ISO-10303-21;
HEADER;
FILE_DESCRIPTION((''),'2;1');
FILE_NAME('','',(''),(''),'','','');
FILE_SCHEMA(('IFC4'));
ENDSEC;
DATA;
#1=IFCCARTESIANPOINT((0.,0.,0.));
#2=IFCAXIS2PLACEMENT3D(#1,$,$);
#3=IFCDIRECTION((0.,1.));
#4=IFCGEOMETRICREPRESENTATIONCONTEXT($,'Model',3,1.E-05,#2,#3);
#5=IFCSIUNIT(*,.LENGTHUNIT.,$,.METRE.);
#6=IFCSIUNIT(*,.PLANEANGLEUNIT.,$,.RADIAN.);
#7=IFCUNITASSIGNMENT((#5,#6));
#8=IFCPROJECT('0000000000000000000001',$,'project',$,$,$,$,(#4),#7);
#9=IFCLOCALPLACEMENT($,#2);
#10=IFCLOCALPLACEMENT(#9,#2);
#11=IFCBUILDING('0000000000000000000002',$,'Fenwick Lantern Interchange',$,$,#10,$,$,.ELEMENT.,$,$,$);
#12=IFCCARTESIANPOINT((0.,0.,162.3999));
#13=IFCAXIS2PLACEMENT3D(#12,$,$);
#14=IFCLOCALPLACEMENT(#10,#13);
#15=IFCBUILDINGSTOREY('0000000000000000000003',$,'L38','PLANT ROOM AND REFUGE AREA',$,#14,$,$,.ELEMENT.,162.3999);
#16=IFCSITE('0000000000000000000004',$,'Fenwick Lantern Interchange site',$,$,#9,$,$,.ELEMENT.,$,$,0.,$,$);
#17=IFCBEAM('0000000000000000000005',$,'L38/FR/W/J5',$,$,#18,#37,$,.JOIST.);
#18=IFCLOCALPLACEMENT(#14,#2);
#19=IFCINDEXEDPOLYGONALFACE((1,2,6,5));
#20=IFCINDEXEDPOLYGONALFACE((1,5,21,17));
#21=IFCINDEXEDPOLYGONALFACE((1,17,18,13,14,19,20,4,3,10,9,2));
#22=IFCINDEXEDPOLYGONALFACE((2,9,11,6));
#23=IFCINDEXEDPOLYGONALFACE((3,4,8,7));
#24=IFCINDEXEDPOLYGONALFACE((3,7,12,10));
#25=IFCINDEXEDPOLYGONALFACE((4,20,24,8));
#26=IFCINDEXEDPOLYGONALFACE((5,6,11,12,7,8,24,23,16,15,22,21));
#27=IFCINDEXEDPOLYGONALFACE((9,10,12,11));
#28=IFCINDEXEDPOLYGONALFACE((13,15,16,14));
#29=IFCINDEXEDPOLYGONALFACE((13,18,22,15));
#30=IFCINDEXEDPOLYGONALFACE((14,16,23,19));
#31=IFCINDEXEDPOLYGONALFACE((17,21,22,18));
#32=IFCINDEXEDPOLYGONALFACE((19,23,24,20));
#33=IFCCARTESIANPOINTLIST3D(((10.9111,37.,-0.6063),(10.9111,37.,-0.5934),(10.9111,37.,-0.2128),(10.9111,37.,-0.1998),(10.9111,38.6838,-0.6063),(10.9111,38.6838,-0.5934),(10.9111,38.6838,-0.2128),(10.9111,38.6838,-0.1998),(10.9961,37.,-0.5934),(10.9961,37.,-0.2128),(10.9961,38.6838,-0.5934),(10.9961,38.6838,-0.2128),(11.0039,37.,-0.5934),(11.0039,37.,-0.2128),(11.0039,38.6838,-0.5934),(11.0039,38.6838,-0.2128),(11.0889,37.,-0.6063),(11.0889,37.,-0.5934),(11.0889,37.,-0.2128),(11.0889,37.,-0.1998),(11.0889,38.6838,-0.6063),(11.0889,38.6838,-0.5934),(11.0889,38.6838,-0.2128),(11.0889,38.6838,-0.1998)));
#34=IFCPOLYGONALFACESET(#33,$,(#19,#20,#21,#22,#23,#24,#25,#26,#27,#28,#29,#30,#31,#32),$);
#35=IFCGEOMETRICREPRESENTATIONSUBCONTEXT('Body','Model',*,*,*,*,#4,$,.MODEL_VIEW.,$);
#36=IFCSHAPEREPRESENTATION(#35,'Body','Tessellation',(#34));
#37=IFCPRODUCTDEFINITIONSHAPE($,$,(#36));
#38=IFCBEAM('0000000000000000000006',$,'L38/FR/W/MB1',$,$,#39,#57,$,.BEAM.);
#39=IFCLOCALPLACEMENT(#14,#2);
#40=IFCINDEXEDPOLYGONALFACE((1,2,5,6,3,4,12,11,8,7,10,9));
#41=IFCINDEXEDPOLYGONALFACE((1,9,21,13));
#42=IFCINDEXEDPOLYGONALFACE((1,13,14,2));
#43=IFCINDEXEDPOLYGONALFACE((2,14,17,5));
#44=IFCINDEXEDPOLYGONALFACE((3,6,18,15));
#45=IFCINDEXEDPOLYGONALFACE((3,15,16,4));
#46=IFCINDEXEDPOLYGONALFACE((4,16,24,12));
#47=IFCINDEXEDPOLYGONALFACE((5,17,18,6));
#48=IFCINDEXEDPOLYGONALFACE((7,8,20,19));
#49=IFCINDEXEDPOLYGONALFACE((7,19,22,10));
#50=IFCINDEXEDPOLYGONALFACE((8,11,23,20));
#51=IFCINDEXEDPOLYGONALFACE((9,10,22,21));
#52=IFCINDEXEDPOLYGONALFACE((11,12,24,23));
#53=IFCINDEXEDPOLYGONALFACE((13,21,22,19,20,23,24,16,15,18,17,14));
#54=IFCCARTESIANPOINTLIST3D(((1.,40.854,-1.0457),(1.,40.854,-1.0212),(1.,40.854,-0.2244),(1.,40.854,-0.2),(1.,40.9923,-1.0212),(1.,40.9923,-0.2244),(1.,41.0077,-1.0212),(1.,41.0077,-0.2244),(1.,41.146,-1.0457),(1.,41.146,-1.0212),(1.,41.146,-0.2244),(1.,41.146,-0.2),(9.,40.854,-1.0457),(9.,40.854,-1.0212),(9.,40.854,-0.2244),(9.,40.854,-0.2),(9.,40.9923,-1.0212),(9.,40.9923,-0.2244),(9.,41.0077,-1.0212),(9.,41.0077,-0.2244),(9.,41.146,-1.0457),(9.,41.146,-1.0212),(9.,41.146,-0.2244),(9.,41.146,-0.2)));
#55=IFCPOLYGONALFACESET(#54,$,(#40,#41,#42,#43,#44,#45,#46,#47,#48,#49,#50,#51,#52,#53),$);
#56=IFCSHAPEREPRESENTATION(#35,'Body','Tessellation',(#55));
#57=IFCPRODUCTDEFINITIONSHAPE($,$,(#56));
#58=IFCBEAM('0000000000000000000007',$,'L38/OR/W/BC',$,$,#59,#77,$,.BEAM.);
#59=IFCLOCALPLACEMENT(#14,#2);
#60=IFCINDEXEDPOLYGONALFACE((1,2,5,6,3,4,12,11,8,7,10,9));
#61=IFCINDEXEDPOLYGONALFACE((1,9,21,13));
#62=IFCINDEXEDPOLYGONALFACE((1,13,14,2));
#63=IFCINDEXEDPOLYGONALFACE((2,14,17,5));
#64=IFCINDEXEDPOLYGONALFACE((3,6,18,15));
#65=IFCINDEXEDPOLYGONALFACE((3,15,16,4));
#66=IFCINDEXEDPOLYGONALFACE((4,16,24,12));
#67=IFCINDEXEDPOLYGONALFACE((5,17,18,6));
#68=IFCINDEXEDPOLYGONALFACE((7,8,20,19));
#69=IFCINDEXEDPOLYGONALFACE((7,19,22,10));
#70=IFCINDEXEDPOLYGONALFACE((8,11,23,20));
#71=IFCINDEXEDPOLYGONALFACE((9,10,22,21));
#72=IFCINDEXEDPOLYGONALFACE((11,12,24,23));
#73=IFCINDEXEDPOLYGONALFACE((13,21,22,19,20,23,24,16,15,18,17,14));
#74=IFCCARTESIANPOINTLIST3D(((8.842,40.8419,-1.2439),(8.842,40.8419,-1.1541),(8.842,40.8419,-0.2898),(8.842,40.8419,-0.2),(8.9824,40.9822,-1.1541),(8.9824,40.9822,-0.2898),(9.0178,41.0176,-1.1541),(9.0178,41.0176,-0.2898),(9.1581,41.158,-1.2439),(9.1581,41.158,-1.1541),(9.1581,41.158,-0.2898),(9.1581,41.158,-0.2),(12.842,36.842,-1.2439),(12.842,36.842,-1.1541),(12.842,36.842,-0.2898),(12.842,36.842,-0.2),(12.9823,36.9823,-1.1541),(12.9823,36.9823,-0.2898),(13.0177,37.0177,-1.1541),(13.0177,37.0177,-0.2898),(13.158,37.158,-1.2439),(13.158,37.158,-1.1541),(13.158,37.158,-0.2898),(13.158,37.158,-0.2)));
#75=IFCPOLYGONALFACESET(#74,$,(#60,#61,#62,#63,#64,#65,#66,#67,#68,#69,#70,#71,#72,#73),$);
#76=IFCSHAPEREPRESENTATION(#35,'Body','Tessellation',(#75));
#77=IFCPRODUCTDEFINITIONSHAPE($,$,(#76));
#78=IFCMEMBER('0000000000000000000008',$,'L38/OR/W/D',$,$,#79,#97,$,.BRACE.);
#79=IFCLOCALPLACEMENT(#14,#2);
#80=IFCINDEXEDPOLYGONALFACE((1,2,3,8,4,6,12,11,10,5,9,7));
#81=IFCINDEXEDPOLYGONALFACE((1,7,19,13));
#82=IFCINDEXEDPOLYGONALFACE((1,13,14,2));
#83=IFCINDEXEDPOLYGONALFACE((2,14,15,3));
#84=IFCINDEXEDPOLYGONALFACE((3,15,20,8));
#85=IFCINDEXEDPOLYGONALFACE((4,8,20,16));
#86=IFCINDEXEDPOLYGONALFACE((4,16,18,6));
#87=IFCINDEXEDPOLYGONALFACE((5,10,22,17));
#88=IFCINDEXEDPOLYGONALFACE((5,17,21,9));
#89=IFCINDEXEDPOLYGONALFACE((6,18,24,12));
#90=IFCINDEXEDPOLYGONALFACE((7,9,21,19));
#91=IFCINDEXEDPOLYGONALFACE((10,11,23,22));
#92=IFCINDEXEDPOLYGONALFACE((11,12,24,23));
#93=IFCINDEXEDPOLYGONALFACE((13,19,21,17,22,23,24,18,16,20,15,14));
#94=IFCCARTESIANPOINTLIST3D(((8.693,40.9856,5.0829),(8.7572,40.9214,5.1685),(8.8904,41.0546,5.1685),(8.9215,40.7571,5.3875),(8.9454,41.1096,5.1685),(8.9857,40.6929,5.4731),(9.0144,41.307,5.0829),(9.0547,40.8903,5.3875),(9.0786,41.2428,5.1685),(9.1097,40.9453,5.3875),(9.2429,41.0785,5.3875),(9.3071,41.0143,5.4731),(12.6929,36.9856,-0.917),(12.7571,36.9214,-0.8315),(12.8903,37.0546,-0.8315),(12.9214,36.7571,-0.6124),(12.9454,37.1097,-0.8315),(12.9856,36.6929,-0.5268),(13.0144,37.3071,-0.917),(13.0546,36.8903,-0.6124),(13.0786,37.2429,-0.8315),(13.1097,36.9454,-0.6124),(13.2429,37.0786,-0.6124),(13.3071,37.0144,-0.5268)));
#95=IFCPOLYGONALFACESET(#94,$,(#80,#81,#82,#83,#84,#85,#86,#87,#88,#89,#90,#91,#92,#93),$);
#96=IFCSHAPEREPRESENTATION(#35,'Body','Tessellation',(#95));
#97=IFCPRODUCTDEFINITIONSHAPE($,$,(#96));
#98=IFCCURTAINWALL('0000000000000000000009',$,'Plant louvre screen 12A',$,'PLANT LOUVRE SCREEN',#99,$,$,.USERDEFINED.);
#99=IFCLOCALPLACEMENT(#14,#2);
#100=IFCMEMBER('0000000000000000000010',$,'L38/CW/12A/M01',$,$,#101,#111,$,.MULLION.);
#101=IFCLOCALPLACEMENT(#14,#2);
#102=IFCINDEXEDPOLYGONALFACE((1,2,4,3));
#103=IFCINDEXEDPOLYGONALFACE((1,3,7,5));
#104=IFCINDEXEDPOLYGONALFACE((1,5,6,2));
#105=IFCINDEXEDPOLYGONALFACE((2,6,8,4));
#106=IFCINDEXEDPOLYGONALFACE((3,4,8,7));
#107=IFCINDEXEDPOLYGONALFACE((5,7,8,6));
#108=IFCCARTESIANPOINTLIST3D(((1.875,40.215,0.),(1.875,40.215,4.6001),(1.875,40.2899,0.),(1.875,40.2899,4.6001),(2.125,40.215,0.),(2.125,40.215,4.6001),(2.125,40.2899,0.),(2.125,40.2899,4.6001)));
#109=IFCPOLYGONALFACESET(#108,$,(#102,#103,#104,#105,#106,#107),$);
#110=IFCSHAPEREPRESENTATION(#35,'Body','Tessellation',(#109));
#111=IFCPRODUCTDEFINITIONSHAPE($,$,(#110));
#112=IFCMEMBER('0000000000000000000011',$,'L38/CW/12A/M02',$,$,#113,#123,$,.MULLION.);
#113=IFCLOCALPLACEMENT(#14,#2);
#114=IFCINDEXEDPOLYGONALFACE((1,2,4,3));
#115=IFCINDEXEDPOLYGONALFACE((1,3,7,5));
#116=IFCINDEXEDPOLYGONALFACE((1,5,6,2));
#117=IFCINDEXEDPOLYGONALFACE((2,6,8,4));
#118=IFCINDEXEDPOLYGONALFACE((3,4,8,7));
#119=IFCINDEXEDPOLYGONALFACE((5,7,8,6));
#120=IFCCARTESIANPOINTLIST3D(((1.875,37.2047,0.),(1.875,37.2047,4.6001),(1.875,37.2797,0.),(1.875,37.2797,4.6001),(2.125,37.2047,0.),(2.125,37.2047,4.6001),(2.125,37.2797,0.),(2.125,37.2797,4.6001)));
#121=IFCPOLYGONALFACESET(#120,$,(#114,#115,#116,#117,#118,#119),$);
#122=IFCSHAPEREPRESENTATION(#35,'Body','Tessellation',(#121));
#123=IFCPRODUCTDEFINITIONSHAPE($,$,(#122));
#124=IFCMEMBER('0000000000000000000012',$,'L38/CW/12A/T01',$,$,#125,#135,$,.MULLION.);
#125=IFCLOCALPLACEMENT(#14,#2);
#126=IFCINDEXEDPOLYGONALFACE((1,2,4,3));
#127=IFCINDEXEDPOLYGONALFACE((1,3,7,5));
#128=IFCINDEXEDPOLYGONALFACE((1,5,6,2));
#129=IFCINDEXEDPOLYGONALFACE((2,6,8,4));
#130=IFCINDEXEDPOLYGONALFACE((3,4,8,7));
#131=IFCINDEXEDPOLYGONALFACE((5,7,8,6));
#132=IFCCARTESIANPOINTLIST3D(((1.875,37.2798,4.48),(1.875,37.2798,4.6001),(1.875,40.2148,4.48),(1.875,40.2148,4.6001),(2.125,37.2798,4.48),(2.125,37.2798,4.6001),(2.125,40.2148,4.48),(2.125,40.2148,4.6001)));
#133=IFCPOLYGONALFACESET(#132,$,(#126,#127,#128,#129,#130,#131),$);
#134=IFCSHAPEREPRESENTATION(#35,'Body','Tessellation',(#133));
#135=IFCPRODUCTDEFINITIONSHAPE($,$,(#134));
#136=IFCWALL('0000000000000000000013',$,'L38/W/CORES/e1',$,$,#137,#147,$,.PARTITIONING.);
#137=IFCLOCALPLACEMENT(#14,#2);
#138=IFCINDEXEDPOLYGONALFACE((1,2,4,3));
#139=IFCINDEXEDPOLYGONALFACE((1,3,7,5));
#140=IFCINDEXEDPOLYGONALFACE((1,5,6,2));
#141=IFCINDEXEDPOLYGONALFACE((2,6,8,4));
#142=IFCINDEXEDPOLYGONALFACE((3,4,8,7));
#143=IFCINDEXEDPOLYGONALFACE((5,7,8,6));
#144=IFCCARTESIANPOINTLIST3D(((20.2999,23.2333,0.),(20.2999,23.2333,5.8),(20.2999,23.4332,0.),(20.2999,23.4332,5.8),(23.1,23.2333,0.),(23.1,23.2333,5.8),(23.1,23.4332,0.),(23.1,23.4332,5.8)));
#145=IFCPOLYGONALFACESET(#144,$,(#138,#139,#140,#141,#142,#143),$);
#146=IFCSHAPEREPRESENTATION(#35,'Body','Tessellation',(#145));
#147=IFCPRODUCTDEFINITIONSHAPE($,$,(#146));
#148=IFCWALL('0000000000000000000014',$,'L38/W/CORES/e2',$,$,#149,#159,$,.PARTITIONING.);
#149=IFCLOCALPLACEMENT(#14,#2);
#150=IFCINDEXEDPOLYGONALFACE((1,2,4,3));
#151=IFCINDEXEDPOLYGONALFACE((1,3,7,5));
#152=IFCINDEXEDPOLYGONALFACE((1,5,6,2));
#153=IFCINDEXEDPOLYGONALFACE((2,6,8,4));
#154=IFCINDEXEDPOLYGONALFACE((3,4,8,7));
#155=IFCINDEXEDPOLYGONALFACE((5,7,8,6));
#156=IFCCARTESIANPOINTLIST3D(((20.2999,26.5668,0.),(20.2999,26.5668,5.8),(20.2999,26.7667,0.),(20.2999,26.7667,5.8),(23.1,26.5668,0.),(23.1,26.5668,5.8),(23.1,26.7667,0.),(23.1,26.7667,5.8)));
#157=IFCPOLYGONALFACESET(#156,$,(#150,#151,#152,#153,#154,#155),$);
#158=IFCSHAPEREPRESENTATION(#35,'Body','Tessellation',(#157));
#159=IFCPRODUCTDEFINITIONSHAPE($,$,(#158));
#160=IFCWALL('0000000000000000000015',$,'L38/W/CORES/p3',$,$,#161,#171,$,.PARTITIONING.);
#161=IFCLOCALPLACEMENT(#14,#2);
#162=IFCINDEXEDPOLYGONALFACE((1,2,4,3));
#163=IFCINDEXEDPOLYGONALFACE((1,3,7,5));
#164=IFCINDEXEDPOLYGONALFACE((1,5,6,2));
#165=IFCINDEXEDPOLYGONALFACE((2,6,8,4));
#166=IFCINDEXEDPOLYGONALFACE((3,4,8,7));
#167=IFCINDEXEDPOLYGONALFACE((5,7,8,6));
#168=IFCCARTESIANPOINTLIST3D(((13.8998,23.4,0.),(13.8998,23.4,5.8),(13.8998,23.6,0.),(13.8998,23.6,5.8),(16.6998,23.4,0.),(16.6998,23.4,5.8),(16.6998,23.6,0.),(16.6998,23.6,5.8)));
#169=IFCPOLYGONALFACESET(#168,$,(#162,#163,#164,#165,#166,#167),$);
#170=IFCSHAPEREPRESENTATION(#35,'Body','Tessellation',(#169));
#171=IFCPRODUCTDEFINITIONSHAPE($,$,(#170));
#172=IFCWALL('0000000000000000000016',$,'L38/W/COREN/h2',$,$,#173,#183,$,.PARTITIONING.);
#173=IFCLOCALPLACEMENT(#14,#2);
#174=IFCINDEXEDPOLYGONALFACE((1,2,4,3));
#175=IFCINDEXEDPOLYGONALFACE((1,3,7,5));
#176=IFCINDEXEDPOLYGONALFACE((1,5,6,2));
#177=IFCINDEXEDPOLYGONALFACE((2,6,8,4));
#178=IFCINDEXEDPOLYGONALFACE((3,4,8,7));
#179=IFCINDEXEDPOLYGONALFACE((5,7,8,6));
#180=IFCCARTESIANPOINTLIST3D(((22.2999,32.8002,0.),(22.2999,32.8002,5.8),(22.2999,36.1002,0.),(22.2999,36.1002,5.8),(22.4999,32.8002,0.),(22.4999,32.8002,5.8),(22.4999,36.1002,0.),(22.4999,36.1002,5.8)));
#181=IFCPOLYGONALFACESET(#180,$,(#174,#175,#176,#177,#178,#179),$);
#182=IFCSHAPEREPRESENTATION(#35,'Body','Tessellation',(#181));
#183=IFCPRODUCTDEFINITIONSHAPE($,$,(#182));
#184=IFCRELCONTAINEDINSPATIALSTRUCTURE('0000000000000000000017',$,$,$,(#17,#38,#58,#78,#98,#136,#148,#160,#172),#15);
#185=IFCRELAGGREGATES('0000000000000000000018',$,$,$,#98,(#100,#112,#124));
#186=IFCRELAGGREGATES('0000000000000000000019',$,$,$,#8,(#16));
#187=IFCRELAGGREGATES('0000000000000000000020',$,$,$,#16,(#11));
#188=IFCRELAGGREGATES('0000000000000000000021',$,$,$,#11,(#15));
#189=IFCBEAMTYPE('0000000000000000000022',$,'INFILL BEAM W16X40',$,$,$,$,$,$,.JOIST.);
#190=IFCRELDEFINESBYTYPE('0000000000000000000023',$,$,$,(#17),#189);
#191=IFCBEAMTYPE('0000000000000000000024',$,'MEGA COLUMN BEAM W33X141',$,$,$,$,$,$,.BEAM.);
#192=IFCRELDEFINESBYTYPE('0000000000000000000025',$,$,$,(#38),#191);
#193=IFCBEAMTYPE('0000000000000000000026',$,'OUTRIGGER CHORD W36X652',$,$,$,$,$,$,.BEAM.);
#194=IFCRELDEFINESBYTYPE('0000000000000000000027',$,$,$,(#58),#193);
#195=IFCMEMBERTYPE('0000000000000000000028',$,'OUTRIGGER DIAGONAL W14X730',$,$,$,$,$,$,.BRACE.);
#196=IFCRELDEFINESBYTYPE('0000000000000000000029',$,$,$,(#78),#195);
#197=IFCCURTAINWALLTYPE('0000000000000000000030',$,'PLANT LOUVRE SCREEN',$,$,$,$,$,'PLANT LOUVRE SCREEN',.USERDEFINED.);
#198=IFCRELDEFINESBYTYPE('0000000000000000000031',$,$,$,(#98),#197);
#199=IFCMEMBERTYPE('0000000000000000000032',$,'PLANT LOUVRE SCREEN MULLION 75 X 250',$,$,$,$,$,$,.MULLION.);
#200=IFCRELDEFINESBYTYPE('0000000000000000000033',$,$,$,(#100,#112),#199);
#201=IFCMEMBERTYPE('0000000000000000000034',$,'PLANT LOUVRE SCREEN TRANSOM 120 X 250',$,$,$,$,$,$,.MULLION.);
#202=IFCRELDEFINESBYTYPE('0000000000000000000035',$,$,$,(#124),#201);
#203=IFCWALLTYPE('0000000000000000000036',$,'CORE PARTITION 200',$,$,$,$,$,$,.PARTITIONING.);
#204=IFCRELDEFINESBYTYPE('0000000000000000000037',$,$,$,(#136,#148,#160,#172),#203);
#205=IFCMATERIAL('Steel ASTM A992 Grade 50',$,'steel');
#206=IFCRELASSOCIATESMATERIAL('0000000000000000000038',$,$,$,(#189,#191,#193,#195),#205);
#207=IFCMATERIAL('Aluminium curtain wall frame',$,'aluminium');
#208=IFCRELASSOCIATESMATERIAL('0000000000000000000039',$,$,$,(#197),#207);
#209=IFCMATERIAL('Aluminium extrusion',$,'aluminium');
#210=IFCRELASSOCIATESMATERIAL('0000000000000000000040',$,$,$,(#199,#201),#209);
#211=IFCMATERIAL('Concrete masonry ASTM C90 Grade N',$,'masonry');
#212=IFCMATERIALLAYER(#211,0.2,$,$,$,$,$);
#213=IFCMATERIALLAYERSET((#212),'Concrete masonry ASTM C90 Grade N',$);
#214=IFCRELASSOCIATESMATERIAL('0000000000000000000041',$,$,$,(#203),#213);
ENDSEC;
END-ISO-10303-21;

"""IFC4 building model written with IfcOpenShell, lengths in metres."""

from ifc_helpers import new_model, si_unit, direction, frame, frame_2d, origin, origin_2d, place, context, subcontext, project, spatial, rectangle, i_section, extrude, material, layer, layer_set, material_profile, profile_set, type_object, element, aggregate, save


model = new_model("IFC4")

# Units and contexts
model_context = context("Model", 3, precision=1e-05, world=origin(), true_north=direction((0.0, 1.0)))
body_context = subcontext(model_context, "Body", "Model", "MODEL_VIEW")
ifc_project = project(units=[si_unit("LENGTHUNIT", "METRE"), si_unit("PLANEANGLEUNIT", "RADIAN")], contexts=[model_context])

# Site, building, storey
site_placement = place(None, origin())
site = spatial("IfcSite", under=ifc_project, at=site_placement, Name="Fenwick Lantern Interchange site", CompositionType="ELEMENT", RefElevation=0.0)
building_placement = place(site_placement, origin())
building = spatial("IfcBuilding", under=site, at=building_placement, Name="Fenwick Lantern Interchange", CompositionType="ELEMENT")
storey_placement = place(building_placement, frame((0.0, 0.0, 162.3999)))
storey = spatial("IfcBuildingStorey", under=building, at=storey_placement, Name="L38", Description="PLANT ROOM AND REFUGE AREA", CompositionType="ELEMENT", Elevation=162.3999)

# Beams
ifc_material_1 = material(Name="Steel ASTM A992 Grade 50", Category="steel")
ifc_material_profile_1 = material_profile(ifc_material_1, i_section(OverallWidth=0.1777, OverallDepth=0.4065, WebThickness=0.0078, FlangeThickness=0.0129, at=origin_2d()), Name="W16X40")
ifc_profile_set_1 = profile_set([ifc_material_profile_1], Name="Steel ASTM A992 Grade 50")
beam_type_1 = type_object("IfcBeamType", Name="INFILL BEAM W16X40", PredefinedType="JOIST", material=ifc_profile_set_1)
beam_1_placement = place(storey_placement, frame((11.0, 38.6838, -0.4031), z_axis=(0.0, -1.0, 0.0), x_axis=(1.0, 0.0, 0.0)))
element("IfcBeam", 1, at=beam_1_placement, inside=storey, type_object=beam_type_1, Name="L38/FR/W/J5", PredefinedType="JOIST", context=body_context, shape_type="SweptSolid", body=[
    extrude(i_section(OverallWidth=0.1777, OverallDepth=0.4065, WebThickness=0.0078, FlangeThickness=0.0129, at=origin_2d()), origin(), (0.0, 0.0, 1.0), 1.6838),
])
ifc_material_profile_2 = material_profile(ifc_material_1, i_section(OverallWidth=0.292, OverallDepth=0.8457, WebThickness=0.0154, FlangeThickness=0.0244, at=origin_2d()), Name="W33X141")
ifc_profile_set_2 = profile_set([ifc_material_profile_2], Name="Steel ASTM A992 Grade 50")
beam_type_2 = type_object("IfcBeamType", Name="MEGA COLUMN BEAM W33X141", PredefinedType="BEAM", material=ifc_profile_set_2)
beam_2_placement = place(storey_placement, frame((9.0, 41.0, -0.6228), z_axis=(-1.0, 0.0, 0.0), x_axis=(0.0, -1.0, 0.0)))
element("IfcBeam", 2, at=beam_2_placement, inside=storey, type_object=beam_type_2, Name="L38/FR/W/MB1", PredefinedType="BEAM", context=body_context, shape_type="SweptSolid", body=[
    extrude(i_section(OverallWidth=0.292, OverallDepth=0.8457, WebThickness=0.0154, FlangeThickness=0.0244, at=origin_2d()), origin(), (0.0, 0.0, 1.0), 8.0),
])
ifc_material_profile_3 = material_profile(ifc_material_1, i_section(OverallWidth=0.447, OverallDepth=1.0439, WebThickness=0.05, FlangeThickness=0.0898, at=origin_2d()), Name="W36X652")
ifc_profile_set_3 = profile_set([ifc_material_profile_3], Name="Steel ASTM A992 Grade 50")
beam_type_3 = type_object("IfcBeamType", Name="OUTRIGGER CHORD W36X652", PredefinedType="BEAM", material=ifc_profile_set_3)
beam_3_placement = place(storey_placement, frame((13.0, 37.0, -0.7219), z_axis=(-0.707107, 0.707107, 0.0), x_axis=(-0.707107, -0.707107, 0.0)))
element("IfcBeam", 3, at=beam_3_placement, inside=storey, type_object=beam_type_3, Name="L38/OR/W/BC", PredefinedType="BEAM", context=body_context, shape_type="SweptSolid", body=[
    extrude(i_section(OverallWidth=0.447, OverallDepth=1.0439, WebThickness=0.05, FlangeThickness=0.0898, at=origin_2d()), origin(), (0.0, 0.0, 1.0), 5.6567),
])

# Member
ifc_material_profile_4 = material_profile(ifc_material_1, i_section(OverallWidth=0.4546, OverallDepth=0.5688, WebThickness=0.0779, FlangeThickness=0.1248, at=origin_2d()), Name="W14X730")
ifc_profile_set_4 = profile_set([ifc_material_profile_4], Name="Steel ASTM A992 Grade 50")
member_type_1 = type_object("IfcMemberType", Name="OUTRIGGER DIAGONAL W14X730", PredefinedType="BRACE", material=ifc_profile_set_4)
member_1_placement = place(storey_placement, frame((13.0, 37.0, -0.7219), z_axis=(-0.485071, 0.485071, 0.727607), x_axis=(-0.707107, -0.707107, 0.0)))
element("IfcMember", 4, at=member_1_placement, inside=storey, type_object=member_type_1, Name="L38/OR/W/D", PredefinedType="BRACE", context=body_context, shape_type="SweptSolid", body=[
    extrude(i_section(OverallWidth=0.4546, OverallDepth=0.5688, WebThickness=0.0779, FlangeThickness=0.1248, at=origin_2d()), origin(), (0.0, 0.0, 1.0), 8.2461),
])

# Curtain wall, members
ifc_material_2 = material(Name="Aluminium curtain wall frame", Category="aluminium")
curtain_wall_type = type_object("IfcCurtainWallType", Name="PLANT LOUVRE SCREEN", ElementType="PLANT LOUVRE SCREEN", PredefinedType="USERDEFINED", material=ifc_material_2)
curtain_wall_placement = place(storey_placement, origin())
curtain_wall = element("IfcCurtainWall", 5, at=curtain_wall_placement, inside=storey, type_object=curtain_wall_type, Name="Plant louvre screen 12A", ObjectType="PLANT LOUVRE SCREEN", PredefinedType="USERDEFINED")
ifc_material_3 = material(Name="Aluminium extrusion", Category="aluminium")
ifc_material_profile_5 = material_profile(ifc_material_3, rectangle(XDim=0.25, YDim=0.075, at=origin_2d()), Name="PLANT LOUVRE SCREEN MULLION 75 X 250")
ifc_profile_set_5 = profile_set([ifc_material_profile_5], Name="Aluminium extrusion")
member_type_2 = type_object("IfcMemberType", Name="PLANT LOUVRE SCREEN MULLION 75 X 250", PredefinedType="MULLION", material=ifc_profile_set_5)
member_2_placement = place(storey_placement, frame((2.0, 40.2524, 0.0), z_axis=(0.0, 0.0, 1.0), x_axis=(1.0, 0.0, 0.0)))
member_2 = element("IfcMember", 6, at=member_2_placement, type_object=member_type_2, Name="L38/CW/12A/M01", PredefinedType="MULLION", context=body_context, shape_type="SweptSolid", body=[
    extrude(rectangle(XDim=0.25, YDim=0.075, at=origin_2d()), origin(), (0.0, 0.0, 1.0), 4.6001),
])
member_3_placement = place(storey_placement, frame((2.0, 37.2422, 0.0), z_axis=(0.0, 0.0, 1.0), x_axis=(1.0, 0.0, 0.0)))
member_3 = element("IfcMember", 7, at=member_3_placement, type_object=member_type_2, Name="L38/CW/12A/M02", PredefinedType="MULLION", context=body_context, shape_type="SweptSolid", body=[
    extrude(rectangle(XDim=0.25, YDim=0.075, at=origin_2d()), origin(), (0.0, 0.0, 1.0), 4.6001),
])
ifc_material_profile_6 = material_profile(ifc_material_3, rectangle(XDim=0.25, YDim=0.1201, at=origin_2d()), Name="PLANT LOUVRE SCREEN TRANSOM 120 X 250")
ifc_profile_set_6 = profile_set([ifc_material_profile_6], Name="Aluminium extrusion")
member_type_3 = type_object("IfcMemberType", Name="PLANT LOUVRE SCREEN TRANSOM 120 X 250", PredefinedType="MULLION", material=ifc_profile_set_6)
member_4_placement = place(storey_placement, frame((2.0, 40.2148, 4.54), z_axis=(0.0, -1.0, 0.0), x_axis=(1.0, 0.0, 0.0)))
member_4 = element("IfcMember", 8, at=member_4_placement, type_object=member_type_3, Name="L38/CW/12A/T01", PredefinedType="MULLION", context=body_context, shape_type="SweptSolid", body=[
    extrude(rectangle(XDim=0.25, YDim=0.1201, at=origin_2d()), origin(), (0.0, 0.0, 1.0), 2.9351),
])

# Walls
ifc_material_4 = material(Name="Concrete masonry ASTM C90 Grade N", Category="masonry")
ifc_layer_1 = layer(ifc_material_4, 0.2)
ifc_layer_set_1 = layer_set([ifc_layer_1], Name="Concrete masonry ASTM C90 Grade N")
wall_type_1 = type_object("IfcWallType", Name="CORE PARTITION 200", PredefinedType="PARTITIONING", material=ifc_layer_set_1)
for number, where, z_axis, x_axis, name in (
    (9, (20.3, 23.3333, 0.0), (0.0, 0.0, 1.0), (1.0, 0.0, 0.0), "L38/W/CORES/e1"),
    (10, (20.3, 26.6667, 0.0), (0.0, 0.0, 1.0), (1.0, 0.0, 0.0), "L38/W/CORES/e2"),
    (11, (13.8999, 23.5, 0.0), (0.0, 0.0, 1.0), (1.0, 0.0, 0.0), "L38/W/CORES/p3"),
):
    element("IfcWall", number, at=place(storey_placement, frame(where, z_axis=z_axis, x_axis=x_axis)), inside=storey, type_object=wall_type_1, Name=name, PredefinedType="PARTITIONING", context=body_context, shape_type="SweptSolid", body=[
        extrude(rectangle(XDim=2.8, YDim=0.2, at=frame_2d((1.3999, 0.0))), origin(), (0.0, 0.0, 1.0), 5.8),
    ])
wall_1_placement = place(storey_placement, frame((22.3999, 36.1001, 0.0), z_axis=(0.0, 0.0, 1.0), x_axis=(0.0, -1.0, 0.0)))
element("IfcWall", 12, at=wall_1_placement, inside=storey, type_object=wall_type_1, Name="L38/W/COREN/h2", PredefinedType="PARTITIONING", context=body_context, shape_type="SweptSolid", body=[
    extrude(rectangle(XDim=3.3, YDim=0.2, at=frame_2d((1.6499, 0.0))), origin(), (0.0, 0.0, 1.0), 5.8),
])

aggregate(curtain_wall, [member_2, member_3, member_4])

save(model, "model.ifc")
